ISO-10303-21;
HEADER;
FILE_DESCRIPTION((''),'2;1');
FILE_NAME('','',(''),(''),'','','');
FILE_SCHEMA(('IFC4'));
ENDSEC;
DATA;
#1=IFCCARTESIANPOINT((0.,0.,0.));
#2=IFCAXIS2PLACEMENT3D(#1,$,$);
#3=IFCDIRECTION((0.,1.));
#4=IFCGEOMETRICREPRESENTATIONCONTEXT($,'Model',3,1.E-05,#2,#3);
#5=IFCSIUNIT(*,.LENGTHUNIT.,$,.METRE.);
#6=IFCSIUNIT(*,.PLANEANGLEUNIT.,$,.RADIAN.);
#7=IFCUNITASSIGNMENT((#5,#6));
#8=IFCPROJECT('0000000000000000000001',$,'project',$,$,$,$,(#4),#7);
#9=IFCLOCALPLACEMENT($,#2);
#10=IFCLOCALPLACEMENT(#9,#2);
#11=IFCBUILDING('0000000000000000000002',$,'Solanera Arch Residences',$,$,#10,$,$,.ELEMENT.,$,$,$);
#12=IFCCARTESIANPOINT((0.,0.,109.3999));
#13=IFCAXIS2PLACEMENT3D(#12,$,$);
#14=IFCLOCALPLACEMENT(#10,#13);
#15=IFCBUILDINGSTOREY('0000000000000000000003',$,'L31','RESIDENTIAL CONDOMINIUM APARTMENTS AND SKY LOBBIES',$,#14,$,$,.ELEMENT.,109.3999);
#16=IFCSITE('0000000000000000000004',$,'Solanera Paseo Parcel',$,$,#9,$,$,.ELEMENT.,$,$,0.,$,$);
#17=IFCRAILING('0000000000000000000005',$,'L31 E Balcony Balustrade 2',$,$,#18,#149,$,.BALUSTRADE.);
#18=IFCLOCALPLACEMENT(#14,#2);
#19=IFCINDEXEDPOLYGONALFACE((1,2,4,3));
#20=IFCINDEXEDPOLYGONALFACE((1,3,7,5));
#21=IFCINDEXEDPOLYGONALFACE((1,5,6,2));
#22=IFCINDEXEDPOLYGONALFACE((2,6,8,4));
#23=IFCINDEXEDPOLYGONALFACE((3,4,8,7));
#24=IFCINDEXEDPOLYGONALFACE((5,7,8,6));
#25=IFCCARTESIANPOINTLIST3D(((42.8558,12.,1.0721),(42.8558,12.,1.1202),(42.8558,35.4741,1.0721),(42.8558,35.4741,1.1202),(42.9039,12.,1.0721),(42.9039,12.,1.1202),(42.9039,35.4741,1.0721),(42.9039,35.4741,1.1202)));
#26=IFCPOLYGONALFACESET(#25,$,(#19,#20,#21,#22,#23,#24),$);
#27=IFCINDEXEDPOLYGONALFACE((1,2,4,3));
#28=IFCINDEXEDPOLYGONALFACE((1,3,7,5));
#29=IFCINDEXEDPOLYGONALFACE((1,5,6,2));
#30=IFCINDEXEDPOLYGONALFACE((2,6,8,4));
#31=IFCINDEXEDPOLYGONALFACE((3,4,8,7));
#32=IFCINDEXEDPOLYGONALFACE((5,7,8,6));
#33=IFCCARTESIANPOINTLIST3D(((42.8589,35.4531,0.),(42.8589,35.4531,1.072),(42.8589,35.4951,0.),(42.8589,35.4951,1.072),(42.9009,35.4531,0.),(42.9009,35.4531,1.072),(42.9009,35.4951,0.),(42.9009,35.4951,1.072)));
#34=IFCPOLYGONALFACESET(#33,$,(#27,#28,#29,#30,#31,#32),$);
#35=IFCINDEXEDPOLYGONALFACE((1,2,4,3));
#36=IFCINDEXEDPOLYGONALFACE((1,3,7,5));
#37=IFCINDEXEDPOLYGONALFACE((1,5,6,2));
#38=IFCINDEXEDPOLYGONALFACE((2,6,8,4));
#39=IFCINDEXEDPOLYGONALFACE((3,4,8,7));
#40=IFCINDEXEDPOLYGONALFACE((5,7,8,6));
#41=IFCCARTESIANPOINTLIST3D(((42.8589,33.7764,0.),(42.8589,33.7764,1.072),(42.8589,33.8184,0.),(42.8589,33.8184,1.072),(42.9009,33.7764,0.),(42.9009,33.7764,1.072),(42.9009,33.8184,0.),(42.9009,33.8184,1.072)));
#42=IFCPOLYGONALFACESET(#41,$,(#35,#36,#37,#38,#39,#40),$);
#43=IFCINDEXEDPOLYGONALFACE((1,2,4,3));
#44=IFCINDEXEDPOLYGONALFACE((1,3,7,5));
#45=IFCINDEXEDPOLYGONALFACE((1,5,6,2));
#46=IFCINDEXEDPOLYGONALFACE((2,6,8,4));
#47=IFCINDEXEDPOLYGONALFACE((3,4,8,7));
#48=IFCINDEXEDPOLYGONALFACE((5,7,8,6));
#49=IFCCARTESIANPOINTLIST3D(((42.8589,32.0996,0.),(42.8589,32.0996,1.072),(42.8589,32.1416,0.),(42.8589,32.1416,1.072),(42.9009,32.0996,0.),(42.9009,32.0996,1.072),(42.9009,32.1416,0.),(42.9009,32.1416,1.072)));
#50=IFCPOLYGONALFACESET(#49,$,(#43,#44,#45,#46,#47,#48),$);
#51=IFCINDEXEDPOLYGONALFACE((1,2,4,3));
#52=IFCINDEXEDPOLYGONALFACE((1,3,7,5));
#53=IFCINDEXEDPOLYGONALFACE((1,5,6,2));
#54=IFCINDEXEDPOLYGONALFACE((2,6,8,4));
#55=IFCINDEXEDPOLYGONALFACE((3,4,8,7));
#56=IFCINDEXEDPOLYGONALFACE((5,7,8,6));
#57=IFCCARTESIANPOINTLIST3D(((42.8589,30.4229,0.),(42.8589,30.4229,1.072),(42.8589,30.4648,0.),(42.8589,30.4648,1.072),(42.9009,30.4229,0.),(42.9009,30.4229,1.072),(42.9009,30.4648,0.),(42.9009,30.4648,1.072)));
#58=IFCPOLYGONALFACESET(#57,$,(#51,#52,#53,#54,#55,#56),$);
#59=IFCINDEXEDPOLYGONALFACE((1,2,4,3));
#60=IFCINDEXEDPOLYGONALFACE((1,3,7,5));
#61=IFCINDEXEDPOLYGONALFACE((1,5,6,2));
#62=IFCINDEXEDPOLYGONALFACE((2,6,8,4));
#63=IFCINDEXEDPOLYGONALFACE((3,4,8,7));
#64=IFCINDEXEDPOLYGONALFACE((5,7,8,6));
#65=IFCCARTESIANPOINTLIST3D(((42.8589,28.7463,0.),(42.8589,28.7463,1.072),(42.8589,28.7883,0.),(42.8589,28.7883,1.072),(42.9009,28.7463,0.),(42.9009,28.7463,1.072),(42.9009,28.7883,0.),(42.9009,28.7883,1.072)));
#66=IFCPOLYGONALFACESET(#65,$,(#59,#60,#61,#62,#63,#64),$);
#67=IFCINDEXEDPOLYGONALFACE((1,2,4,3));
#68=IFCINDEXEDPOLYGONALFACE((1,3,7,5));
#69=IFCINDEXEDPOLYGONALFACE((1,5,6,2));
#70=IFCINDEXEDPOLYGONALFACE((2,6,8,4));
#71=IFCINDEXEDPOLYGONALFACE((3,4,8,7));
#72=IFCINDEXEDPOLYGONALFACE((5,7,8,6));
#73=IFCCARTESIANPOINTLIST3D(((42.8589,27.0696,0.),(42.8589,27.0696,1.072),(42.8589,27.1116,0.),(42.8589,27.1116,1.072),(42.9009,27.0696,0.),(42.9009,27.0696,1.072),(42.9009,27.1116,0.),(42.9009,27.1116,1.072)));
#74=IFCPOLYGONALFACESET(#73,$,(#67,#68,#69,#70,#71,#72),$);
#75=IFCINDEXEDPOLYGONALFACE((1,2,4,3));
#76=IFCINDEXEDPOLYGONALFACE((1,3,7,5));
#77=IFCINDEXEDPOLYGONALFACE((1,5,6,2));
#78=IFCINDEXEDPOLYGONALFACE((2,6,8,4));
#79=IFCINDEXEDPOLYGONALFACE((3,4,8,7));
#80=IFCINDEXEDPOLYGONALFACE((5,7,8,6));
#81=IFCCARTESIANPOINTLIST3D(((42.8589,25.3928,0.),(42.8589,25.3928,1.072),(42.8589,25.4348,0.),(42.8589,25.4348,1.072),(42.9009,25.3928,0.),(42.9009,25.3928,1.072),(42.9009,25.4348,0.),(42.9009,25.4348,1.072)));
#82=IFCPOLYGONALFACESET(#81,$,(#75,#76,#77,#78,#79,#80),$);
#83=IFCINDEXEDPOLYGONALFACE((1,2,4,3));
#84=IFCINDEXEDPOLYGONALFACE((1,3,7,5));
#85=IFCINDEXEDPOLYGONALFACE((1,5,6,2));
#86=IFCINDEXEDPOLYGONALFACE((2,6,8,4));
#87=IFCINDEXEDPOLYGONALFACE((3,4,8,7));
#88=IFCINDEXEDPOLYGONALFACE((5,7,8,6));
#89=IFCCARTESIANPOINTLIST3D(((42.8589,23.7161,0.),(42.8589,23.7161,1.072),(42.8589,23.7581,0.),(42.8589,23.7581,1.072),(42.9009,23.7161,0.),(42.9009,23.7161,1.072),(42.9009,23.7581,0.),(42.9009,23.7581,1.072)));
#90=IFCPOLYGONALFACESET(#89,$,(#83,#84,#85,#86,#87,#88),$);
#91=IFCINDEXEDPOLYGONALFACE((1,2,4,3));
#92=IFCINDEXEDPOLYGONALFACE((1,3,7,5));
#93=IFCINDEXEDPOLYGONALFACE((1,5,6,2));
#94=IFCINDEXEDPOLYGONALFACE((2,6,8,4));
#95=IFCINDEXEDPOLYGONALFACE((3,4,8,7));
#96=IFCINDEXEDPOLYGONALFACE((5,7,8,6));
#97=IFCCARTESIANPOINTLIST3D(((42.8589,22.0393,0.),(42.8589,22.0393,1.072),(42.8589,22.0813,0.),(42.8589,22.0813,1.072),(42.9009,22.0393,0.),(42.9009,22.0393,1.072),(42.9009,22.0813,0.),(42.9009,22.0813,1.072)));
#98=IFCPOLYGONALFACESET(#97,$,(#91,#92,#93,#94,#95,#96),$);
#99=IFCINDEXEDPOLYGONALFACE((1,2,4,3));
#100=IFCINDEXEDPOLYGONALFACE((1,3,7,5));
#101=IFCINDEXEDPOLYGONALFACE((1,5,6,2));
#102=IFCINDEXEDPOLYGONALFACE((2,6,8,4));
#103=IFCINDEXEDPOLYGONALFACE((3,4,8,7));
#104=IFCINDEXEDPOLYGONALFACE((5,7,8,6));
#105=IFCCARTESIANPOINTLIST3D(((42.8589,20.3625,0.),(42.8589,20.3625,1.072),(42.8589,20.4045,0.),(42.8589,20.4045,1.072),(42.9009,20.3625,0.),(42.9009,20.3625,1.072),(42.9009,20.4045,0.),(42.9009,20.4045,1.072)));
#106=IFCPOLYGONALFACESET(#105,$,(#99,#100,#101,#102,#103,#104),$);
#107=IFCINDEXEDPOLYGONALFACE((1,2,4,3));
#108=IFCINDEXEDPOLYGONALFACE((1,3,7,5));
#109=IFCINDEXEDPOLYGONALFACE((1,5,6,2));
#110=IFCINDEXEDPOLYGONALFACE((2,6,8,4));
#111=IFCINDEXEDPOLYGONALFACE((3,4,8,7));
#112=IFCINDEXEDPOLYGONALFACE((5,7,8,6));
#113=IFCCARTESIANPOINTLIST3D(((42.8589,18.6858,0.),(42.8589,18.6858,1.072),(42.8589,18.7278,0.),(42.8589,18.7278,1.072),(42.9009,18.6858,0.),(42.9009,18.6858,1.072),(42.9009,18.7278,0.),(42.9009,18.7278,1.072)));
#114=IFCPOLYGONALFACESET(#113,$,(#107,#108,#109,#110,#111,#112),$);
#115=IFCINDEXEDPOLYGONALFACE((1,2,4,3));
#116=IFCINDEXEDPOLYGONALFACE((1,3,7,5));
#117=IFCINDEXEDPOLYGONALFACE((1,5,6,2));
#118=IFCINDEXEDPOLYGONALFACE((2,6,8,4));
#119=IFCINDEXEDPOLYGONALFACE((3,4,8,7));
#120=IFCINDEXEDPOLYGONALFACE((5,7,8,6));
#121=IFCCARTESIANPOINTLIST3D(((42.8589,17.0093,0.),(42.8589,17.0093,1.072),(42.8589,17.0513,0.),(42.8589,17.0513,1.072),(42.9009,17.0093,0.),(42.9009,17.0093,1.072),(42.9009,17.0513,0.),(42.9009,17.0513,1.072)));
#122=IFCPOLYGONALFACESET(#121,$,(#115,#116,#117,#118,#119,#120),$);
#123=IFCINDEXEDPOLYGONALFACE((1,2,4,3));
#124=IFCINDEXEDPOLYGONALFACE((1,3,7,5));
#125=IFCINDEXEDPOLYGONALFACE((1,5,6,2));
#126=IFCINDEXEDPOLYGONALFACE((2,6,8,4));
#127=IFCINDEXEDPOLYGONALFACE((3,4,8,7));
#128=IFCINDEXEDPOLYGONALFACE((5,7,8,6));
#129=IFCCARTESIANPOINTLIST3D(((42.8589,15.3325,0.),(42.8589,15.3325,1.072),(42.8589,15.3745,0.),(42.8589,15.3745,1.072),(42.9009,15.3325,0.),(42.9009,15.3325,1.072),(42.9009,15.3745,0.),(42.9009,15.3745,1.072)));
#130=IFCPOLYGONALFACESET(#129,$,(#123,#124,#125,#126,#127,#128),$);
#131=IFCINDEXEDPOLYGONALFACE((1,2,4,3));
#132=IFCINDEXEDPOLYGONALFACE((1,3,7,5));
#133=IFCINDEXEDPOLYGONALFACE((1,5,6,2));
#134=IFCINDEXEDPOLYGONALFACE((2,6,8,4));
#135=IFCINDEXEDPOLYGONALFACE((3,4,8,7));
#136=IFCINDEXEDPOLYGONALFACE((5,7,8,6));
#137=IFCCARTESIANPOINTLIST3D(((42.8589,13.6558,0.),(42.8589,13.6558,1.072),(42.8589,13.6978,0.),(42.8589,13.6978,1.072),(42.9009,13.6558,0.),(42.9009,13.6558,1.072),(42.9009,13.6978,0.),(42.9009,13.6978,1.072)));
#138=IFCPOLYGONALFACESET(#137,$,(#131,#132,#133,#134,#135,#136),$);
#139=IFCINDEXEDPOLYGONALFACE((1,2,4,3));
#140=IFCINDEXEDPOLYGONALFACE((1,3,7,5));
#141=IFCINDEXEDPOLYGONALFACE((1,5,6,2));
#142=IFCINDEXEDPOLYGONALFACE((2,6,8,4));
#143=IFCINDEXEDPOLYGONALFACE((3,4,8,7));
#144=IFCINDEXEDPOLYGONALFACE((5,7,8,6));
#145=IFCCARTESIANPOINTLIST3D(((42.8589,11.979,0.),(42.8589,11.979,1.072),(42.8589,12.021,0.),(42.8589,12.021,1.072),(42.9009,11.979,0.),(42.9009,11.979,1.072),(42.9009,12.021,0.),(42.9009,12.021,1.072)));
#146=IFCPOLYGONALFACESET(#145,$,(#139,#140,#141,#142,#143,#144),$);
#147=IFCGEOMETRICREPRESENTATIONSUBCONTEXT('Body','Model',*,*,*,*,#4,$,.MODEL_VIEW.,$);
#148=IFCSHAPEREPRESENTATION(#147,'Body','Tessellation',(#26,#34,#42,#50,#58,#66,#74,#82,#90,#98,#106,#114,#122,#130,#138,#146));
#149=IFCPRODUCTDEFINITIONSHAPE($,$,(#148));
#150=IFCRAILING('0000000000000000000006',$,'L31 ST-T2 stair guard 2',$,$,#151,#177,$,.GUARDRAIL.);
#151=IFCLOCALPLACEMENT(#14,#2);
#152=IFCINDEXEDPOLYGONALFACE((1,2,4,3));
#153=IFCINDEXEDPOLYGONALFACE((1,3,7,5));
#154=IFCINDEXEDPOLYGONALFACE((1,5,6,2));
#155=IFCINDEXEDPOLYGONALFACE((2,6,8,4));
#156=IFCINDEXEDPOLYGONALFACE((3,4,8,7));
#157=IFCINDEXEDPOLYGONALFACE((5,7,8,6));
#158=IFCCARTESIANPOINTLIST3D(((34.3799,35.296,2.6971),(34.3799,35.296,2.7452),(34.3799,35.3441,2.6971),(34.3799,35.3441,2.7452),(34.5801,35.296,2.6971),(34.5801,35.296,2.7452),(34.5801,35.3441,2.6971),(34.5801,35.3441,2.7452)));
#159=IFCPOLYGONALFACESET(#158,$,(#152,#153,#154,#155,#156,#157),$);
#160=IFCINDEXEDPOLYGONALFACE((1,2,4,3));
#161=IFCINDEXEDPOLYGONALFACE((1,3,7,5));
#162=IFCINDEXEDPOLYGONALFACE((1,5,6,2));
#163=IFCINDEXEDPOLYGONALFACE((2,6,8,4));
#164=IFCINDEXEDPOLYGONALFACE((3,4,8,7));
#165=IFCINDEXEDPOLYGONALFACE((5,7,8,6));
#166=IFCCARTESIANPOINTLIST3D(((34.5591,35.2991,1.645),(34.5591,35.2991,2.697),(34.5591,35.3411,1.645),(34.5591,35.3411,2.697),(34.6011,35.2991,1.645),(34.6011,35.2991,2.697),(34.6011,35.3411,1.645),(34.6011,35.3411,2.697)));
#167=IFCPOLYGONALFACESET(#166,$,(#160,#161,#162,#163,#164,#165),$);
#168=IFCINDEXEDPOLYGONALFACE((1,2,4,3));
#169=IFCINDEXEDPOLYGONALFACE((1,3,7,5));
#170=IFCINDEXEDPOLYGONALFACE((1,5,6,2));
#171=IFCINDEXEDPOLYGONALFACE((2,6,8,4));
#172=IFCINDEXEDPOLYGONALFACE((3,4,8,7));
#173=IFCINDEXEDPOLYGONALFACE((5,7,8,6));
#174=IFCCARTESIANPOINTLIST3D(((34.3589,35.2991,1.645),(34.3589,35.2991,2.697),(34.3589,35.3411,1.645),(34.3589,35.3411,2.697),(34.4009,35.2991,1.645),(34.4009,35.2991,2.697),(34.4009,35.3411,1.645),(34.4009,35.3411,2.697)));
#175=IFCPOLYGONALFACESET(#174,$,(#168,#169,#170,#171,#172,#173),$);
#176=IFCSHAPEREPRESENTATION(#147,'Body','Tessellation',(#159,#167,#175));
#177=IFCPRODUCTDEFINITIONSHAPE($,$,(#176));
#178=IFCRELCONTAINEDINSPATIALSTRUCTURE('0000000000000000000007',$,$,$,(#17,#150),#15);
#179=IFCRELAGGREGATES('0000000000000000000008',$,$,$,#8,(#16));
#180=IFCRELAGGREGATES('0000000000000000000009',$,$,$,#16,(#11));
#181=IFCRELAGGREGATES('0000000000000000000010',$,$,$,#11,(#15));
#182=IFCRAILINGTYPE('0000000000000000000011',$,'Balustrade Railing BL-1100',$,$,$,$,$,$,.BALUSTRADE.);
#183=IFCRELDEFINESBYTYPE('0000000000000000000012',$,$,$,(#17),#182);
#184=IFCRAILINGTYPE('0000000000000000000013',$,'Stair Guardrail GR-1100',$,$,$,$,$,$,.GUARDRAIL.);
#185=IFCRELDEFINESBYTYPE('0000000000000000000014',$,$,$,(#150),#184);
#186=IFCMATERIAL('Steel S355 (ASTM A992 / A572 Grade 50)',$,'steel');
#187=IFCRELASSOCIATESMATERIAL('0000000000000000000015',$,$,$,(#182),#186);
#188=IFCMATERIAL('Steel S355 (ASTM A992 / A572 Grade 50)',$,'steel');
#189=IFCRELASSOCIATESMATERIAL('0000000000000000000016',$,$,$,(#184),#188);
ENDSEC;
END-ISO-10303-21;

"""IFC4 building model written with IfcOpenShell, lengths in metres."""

from ifc_helpers import new_model, si_unit, direction, frame, origin, origin_2d, place, context, subcontext, project, spatial, rectangle, extrude, material, type_object, element, save


model = new_model("IFC4")

# Units and contexts
model_context = context("Model", 3, precision=1e-05, world=origin(), true_north=direction((0.0, 1.0)))
body_context = subcontext(model_context, "Body", "Model", "MODEL_VIEW")
ifc_project = project(units=[si_unit("LENGTHUNIT", "METRE"), si_unit("PLANEANGLEUNIT", "RADIAN")], contexts=[model_context])

# Site, building, storey
site_placement = place(None, origin())
site = spatial("IfcSite", under=ifc_project, at=site_placement, Name="Solanera Paseo Parcel", CompositionType="ELEMENT", RefElevation=0.0)
building_placement = place(site_placement, origin())
building = spatial("IfcBuilding", under=site, at=building_placement, Name="Solanera Arch Residences", CompositionType="ELEMENT")
storey_placement = place(building_placement, frame((0.0, 0.0, 109.3999)))
storey = spatial("IfcBuildingStorey", under=building, at=storey_placement, Name="L31", Description="RESIDENTIAL CONDOMINIUM APARTMENTS AND SKY LOBBIES", CompositionType="ELEMENT", Elevation=109.3999)

# Railings
ifc_material_1 = material(Name="Steel S355 (ASTM A992 / A572 Grade 50)", Category="steel")
railing_type_1 = type_object("IfcRailingType", Name="Balustrade Railing BL-1100", PredefinedType="BALUSTRADE", material=ifc_material_1)
railing_1_placement = place(storey_placement, frame((42.8799, 35.4741, 0.0)))
element("IfcRailing", 1, at=railing_1_placement, inside=storey, type_object=railing_type_1, Name="L31 E Balcony Balustrade 2", PredefinedType="BALUSTRADE", context=body_context, shape_type="SweptSolid", body=[
    extrude(rectangle(XDim=0.0481, YDim=0.0481, at=origin_2d()), frame((0.0, 0.0, 1.0962), z_axis=(0.0, -1.0, 0.0), x_axis=(1.0, 0.0, 0.0)), (0.0, 0.0, 1.0), 23.4741),
    extrude(rectangle(XDim=0.042, YDim=0.042, at=origin_2d()), origin(), (0.0, 0.0, 1.0), 1.072),
    extrude(rectangle(XDim=0.042, YDim=0.042, at=origin_2d()), frame((0.0, -1.6768, 0.0)), (0.0, 0.0, 1.0), 1.072),
    extrude(rectangle(XDim=0.042, YDim=0.042, at=origin_2d()), frame((0.0, -3.3535, 0.0)), (0.0, 0.0, 1.0), 1.072),
    extrude(rectangle(XDim=0.042, YDim=0.042, at=origin_2d()), frame((0.0, -5.0303, 0.0)), (0.0, 0.0, 1.0), 1.072),
    extrude(rectangle(XDim=0.042, YDim=0.042, at=origin_2d()), frame((0.0, -6.7068, 0.0)), (0.0, 0.0, 1.0), 1.072),
    extrude(rectangle(XDim=0.042, YDim=0.042, at=origin_2d()), frame((0.0, -8.3835, 0.0)), (0.0, 0.0, 1.0), 1.072),
    extrude(rectangle(XDim=0.042, YDim=0.042, at=origin_2d()), frame((0.0, -10.0603, 0.0)), (0.0, 0.0, 1.0), 1.072),
    extrude(rectangle(XDim=0.042, YDim=0.042, at=origin_2d()), frame((0.0, -11.7371, 0.0)), (0.0, 0.0, 1.0), 1.072),
    extrude(rectangle(XDim=0.042, YDim=0.042, at=origin_2d()), frame((0.0, -13.4138, 0.0)), (0.0, 0.0, 1.0), 1.072),
    extrude(rectangle(XDim=0.042, YDim=0.042, at=origin_2d()), frame((0.0, -15.0906, 0.0)), (0.0, 0.0, 1.0), 1.072),
    extrude(rectangle(XDim=0.042, YDim=0.042, at=origin_2d()), frame((0.0, -16.7673, 0.0)), (0.0, 0.0, 1.0), 1.072),
    extrude(rectangle(XDim=0.042, YDim=0.042, at=origin_2d()), frame((0.0, -18.4438, 0.0)), (0.0, 0.0, 1.0), 1.072),
    extrude(rectangle(XDim=0.042, YDim=0.042, at=origin_2d()), frame((0.0, -20.1206, 0.0)), (0.0, 0.0, 1.0), 1.072),
    extrude(rectangle(XDim=0.042, YDim=0.042, at=origin_2d()), frame((0.0, -21.7974, 0.0)), (0.0, 0.0, 1.0), 1.072),
    extrude(rectangle(XDim=0.042, YDim=0.042, at=origin_2d()), frame((0.0, -23.4741, 0.0)), (0.0, 0.0, 1.0), 1.072),
])
ifc_material_2 = material(Name="Steel S355 (ASTM A992 / A572 Grade 50)", Category="steel")
railing_type_2 = type_object("IfcRailingType", Name="Stair Guardrail GR-1100", PredefinedType="GUARDRAIL", material=ifc_material_2)
railing_2_placement = place(storey_placement, frame((34.5801, 35.3201, 1.645)))
element("IfcRailing", 2, at=railing_2_placement, inside=storey, type_object=railing_type_2, Name="L31 ST-T2 stair guard 2", PredefinedType="GUARDRAIL", context=body_context, shape_type="SweptSolid", body=[
    extrude(rectangle(XDim=0.0481, YDim=0.0481, at=origin_2d()), frame((0.0, 0.0, 1.0762), z_axis=(-1.0, 0.0, 0.0), x_axis=(0.0, -1.0, 0.0)), (0.0, 0.0, 1.0), 0.2002),
    extrude(rectangle(XDim=0.042, YDim=0.042, at=origin_2d()), origin(), (0.0, 0.0, 1.0), 1.052),
    extrude(rectangle(XDim=0.042, YDim=0.042, at=origin_2d()), frame((-0.2002, 0.0, 0.0)), (0.0, 0.0, 1.0), 1.052),
])

save(model, "model.ifc")
